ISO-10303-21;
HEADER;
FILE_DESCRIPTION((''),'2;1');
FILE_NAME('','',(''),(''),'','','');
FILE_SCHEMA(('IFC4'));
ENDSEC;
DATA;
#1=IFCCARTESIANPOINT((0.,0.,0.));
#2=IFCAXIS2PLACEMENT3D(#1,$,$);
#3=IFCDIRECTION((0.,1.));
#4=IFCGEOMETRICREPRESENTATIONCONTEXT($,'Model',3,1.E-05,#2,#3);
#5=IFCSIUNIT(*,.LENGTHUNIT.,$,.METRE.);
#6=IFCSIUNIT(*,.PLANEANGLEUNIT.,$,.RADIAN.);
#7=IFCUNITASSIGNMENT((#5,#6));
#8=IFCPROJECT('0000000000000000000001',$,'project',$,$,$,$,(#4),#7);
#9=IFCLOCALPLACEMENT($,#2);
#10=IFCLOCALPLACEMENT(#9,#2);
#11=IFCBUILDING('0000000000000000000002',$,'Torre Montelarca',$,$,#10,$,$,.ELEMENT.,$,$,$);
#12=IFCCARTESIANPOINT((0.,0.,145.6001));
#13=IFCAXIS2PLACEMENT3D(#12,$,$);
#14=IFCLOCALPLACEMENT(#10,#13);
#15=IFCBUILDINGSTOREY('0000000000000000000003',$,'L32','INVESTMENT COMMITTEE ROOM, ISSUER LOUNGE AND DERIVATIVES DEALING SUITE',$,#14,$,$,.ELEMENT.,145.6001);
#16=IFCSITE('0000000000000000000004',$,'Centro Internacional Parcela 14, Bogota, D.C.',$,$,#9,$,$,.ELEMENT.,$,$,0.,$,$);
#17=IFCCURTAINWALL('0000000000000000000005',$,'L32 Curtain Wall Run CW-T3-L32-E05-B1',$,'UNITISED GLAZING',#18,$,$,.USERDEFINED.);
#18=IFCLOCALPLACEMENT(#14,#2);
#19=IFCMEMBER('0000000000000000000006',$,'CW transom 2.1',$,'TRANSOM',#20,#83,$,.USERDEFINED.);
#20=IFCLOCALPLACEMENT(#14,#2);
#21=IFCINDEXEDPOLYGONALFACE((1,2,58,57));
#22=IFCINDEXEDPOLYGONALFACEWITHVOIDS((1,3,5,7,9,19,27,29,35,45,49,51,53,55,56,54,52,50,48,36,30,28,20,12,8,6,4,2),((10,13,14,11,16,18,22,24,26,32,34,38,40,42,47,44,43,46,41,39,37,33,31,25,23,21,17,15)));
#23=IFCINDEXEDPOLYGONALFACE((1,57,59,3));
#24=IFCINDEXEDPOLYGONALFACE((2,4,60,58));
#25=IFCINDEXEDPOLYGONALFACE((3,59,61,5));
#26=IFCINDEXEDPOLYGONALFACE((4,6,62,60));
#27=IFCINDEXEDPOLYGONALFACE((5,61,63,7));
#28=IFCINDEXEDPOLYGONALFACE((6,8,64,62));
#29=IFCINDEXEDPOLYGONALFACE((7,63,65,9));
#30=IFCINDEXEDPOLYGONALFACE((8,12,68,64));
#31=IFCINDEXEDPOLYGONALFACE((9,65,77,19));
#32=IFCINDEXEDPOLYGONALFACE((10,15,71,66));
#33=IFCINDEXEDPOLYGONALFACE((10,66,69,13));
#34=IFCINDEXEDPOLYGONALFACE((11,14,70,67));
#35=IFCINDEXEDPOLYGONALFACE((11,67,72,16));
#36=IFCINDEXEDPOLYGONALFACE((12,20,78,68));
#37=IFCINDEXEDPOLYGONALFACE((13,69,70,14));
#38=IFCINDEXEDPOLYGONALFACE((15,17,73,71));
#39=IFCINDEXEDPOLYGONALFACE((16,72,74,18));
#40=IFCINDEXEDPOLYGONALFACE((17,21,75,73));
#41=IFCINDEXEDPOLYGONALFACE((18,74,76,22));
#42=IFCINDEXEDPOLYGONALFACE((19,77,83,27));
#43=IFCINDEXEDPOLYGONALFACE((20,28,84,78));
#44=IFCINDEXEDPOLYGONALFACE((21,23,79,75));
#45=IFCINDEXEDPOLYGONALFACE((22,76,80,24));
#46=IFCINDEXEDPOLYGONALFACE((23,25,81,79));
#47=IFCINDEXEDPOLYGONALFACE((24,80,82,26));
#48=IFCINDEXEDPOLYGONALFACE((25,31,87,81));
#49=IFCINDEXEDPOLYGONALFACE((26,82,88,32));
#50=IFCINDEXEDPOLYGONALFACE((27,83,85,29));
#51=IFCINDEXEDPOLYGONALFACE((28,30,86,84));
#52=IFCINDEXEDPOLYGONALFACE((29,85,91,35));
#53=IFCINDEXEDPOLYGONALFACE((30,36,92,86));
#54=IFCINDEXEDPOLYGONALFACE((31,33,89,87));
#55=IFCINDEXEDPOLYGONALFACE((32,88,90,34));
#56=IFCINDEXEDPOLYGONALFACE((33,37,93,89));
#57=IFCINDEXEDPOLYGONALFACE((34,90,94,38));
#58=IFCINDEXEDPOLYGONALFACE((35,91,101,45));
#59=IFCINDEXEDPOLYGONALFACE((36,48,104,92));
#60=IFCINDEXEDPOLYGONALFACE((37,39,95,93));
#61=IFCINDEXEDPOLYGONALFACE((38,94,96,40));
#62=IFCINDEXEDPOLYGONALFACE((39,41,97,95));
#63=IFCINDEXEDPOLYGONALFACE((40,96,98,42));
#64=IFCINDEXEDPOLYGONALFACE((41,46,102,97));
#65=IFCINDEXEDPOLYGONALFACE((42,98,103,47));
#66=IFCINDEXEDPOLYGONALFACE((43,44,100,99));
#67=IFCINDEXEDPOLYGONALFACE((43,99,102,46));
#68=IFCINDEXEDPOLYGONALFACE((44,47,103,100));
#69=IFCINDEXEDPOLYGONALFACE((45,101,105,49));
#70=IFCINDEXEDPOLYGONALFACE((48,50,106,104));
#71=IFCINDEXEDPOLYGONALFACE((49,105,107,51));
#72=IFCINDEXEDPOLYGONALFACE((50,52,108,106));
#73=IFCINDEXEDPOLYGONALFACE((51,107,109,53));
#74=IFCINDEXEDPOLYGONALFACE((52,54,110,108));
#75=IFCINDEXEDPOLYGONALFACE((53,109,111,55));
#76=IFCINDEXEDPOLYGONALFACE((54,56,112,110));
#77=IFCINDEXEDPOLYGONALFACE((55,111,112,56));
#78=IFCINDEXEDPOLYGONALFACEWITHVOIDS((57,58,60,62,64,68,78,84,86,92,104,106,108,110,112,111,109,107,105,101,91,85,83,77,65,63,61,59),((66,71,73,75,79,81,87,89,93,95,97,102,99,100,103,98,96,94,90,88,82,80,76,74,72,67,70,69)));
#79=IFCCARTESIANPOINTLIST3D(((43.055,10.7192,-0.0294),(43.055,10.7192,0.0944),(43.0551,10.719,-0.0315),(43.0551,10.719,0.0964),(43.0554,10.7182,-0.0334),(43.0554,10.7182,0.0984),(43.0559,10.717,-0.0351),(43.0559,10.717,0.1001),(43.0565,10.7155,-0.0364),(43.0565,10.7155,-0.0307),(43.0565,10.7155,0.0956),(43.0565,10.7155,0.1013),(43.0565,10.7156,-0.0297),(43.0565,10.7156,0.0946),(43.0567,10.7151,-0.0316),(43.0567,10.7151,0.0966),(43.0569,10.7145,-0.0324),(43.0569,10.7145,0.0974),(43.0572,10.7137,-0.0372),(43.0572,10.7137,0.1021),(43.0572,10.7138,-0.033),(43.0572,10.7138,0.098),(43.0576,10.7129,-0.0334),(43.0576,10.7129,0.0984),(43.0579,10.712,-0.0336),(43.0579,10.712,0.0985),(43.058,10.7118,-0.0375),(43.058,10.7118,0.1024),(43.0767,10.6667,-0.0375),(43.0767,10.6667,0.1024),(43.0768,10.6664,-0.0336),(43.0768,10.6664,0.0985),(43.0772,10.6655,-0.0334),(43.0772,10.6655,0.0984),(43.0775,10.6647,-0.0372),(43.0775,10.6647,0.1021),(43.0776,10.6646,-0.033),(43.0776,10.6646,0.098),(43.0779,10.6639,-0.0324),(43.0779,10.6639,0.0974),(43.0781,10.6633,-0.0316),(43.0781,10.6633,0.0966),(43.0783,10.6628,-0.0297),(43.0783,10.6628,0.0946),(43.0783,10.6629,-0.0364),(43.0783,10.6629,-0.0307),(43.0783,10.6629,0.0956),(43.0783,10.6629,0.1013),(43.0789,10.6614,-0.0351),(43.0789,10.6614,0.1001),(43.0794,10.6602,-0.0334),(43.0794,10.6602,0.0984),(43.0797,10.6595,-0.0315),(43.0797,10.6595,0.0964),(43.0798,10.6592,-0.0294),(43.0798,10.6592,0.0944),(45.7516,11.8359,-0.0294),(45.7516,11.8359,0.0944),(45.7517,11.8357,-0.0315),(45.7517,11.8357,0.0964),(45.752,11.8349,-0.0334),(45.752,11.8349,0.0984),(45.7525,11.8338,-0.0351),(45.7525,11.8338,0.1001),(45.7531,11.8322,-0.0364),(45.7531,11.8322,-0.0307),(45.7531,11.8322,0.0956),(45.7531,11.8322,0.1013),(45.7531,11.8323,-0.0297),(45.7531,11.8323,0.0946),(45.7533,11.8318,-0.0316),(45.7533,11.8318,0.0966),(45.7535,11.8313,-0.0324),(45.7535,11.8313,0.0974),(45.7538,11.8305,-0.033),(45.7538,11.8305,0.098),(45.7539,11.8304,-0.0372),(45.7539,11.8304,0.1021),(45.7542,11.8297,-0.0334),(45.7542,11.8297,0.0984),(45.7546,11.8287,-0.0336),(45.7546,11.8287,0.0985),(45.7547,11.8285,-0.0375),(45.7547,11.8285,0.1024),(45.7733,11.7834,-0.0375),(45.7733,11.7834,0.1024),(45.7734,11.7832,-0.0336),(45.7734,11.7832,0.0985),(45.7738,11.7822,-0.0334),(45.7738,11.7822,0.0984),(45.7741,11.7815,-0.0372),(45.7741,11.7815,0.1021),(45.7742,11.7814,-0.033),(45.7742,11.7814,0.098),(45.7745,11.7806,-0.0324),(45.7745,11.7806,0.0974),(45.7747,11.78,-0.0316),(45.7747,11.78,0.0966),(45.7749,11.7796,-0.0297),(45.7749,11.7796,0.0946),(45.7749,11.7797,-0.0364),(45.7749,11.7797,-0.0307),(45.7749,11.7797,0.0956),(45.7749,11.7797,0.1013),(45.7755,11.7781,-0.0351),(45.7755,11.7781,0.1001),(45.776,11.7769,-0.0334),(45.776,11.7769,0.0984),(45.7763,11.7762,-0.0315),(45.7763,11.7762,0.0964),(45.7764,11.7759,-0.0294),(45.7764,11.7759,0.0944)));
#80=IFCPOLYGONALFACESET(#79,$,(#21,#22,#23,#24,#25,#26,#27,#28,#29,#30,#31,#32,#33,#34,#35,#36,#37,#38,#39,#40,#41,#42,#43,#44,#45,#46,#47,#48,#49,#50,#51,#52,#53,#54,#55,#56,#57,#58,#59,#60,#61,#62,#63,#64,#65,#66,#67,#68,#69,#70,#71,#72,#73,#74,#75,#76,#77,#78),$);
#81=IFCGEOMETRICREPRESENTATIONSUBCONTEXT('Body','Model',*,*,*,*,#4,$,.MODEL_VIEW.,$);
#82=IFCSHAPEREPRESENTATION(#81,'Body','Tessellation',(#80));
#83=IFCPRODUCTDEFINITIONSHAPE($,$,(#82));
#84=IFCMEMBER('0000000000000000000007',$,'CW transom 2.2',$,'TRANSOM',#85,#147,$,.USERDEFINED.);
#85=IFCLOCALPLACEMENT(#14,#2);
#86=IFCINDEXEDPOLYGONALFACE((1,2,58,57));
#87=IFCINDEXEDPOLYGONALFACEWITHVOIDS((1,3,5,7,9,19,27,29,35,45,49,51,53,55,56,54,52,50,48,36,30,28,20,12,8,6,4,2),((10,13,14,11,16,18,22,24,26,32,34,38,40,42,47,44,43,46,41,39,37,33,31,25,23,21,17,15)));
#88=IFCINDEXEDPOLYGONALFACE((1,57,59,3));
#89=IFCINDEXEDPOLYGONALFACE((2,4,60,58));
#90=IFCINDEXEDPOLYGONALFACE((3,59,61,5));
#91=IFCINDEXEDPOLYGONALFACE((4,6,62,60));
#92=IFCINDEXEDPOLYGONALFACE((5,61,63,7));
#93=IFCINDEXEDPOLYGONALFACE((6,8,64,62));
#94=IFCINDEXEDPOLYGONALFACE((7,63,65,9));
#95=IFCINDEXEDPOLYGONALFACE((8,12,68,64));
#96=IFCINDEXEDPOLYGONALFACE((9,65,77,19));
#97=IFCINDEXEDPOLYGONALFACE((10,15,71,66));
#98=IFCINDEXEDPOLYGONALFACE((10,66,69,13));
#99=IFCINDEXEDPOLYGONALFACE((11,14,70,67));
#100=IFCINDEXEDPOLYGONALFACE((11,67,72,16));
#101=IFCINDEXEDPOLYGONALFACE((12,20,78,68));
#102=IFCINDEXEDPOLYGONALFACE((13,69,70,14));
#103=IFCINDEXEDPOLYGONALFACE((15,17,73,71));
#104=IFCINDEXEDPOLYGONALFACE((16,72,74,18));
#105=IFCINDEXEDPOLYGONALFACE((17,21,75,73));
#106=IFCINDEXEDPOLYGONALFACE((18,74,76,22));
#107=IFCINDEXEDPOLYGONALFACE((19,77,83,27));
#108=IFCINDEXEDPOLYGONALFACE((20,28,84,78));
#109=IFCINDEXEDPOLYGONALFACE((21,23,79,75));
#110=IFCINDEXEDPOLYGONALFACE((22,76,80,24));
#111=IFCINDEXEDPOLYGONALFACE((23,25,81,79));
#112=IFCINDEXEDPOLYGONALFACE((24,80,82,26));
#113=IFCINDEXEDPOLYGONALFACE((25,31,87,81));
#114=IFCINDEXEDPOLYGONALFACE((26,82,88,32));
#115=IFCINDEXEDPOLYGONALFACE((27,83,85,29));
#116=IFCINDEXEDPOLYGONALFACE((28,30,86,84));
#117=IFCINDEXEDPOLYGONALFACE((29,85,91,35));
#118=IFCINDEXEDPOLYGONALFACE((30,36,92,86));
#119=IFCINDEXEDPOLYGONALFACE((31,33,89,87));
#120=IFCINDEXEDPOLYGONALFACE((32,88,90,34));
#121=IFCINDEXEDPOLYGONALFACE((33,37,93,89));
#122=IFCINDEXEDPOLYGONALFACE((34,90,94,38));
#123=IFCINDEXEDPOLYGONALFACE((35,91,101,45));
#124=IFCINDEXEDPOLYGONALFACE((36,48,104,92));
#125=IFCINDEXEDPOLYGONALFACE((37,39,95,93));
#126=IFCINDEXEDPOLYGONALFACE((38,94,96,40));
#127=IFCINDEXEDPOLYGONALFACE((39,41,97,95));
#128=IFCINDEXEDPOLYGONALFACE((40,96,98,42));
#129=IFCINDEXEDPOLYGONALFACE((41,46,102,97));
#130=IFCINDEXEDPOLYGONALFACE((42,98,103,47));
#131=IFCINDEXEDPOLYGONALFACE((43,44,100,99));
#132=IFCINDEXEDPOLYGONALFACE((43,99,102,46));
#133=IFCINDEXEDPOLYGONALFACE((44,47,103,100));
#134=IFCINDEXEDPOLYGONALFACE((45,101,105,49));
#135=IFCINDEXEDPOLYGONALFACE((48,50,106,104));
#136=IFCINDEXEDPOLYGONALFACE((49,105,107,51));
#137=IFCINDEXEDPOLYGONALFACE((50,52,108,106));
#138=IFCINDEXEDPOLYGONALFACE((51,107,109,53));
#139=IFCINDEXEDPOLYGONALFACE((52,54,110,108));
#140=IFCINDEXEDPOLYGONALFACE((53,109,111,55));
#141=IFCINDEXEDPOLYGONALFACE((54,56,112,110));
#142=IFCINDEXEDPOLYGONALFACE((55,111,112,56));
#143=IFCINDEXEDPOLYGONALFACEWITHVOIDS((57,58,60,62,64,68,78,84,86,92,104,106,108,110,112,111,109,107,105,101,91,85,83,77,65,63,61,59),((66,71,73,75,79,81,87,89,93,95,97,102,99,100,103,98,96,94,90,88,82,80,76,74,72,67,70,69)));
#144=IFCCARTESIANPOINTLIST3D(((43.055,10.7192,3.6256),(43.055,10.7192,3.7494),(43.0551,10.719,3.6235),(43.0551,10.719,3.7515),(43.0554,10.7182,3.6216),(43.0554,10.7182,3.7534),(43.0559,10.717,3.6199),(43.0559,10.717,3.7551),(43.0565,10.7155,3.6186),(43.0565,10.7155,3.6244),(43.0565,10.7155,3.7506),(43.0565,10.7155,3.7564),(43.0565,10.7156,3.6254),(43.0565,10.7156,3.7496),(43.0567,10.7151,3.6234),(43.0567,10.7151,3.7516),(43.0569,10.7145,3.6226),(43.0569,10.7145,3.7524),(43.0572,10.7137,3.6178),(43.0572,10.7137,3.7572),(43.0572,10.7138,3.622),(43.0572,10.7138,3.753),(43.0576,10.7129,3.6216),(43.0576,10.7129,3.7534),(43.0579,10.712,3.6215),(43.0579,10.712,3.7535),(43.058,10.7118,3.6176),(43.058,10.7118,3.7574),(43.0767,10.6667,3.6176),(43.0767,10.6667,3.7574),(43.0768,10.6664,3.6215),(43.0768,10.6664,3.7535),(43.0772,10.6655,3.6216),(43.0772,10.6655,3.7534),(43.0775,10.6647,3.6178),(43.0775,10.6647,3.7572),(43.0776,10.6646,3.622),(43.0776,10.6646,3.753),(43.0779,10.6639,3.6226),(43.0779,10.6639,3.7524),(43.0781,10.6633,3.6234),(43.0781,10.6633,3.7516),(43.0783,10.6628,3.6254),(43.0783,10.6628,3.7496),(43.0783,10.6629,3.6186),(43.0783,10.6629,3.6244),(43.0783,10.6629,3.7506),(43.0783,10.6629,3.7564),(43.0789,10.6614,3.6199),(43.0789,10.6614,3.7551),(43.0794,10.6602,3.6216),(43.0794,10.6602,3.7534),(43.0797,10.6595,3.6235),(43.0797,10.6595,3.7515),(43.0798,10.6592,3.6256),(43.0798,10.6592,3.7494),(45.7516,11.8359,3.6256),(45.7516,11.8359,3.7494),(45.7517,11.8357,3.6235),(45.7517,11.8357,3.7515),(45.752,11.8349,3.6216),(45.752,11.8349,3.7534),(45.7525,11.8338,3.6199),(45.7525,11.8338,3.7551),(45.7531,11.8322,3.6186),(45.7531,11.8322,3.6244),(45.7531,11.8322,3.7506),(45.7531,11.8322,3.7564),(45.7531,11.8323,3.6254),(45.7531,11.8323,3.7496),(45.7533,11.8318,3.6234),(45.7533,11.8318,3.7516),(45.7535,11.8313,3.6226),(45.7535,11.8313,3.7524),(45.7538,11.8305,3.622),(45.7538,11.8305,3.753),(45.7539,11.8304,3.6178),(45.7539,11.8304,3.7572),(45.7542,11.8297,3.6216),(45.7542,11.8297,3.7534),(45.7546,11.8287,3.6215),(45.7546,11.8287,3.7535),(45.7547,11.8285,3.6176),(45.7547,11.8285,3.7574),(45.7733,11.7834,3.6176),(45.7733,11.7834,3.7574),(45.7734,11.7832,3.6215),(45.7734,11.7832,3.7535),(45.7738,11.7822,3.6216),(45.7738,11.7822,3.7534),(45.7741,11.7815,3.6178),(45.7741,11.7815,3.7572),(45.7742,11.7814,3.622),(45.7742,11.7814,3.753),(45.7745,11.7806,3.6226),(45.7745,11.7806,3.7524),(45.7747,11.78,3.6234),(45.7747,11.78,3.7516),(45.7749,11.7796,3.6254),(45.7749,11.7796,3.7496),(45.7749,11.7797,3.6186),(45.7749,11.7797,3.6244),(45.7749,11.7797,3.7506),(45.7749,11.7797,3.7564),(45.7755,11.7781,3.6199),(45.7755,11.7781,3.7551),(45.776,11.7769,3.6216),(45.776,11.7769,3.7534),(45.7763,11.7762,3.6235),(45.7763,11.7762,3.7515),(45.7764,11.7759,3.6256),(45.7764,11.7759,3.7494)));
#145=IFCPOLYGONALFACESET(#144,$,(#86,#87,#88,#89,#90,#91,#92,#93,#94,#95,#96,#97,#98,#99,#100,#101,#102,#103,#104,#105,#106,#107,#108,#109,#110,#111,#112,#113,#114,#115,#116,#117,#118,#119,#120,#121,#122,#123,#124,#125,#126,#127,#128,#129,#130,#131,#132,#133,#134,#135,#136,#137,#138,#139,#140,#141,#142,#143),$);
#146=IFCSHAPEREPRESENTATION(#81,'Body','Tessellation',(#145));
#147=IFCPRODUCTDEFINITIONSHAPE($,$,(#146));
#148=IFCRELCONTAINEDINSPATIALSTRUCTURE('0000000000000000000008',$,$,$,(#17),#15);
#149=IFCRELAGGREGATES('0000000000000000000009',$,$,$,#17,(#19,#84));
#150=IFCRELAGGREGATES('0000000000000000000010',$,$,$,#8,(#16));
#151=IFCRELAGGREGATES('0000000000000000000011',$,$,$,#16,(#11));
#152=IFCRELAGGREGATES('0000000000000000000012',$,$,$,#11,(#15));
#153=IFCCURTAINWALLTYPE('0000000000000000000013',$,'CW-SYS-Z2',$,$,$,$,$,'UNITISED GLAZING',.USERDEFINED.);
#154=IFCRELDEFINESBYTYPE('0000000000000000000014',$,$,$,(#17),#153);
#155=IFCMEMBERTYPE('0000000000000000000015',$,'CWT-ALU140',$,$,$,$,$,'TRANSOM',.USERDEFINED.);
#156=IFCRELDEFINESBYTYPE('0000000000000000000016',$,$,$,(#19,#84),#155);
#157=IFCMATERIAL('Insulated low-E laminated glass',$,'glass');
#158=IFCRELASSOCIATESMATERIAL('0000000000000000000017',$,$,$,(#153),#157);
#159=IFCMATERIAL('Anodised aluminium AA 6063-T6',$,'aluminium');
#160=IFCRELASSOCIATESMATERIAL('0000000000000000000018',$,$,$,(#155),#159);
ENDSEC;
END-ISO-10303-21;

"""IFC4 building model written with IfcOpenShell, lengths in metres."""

from ifc_helpers import new_model, si_unit, direction, frame, origin, origin_2d, place, context, subcontext, project, spatial, hollow_rectangle, extrude, source, transform, mapped, material, material_profile, profile_set, type_object, element, aggregate, save


model = new_model("IFC4")

# Units and contexts
model_context = context("Model", 3, precision=1e-05, world=origin(), true_north=direction((0.0, 1.0)))
body_context = subcontext(model_context, "Body", "Model", "MODEL_VIEW")
ifc_project = project(units=[si_unit("LENGTHUNIT", "METRE"), si_unit("PLANEANGLEUNIT", "RADIAN")], contexts=[model_context])

# Site, building, storey
site_placement = place(None, origin())
site = spatial("IfcSite", under=ifc_project, at=site_placement, Name="Centro Internacional Parcela 14, Bogota, D.C.", CompositionType="ELEMENT", RefElevation=0.0)
building_placement = place(site_placement, origin())
building = spatial("IfcBuilding", under=site, at=building_placement, Name="Torre Montelarca", CompositionType="ELEMENT")
storey_placement = place(building_placement, frame((0.0, 0.0, 145.6001)))
storey = spatial("IfcBuildingStorey", under=building, at=storey_placement, Name="L32", Description="INVESTMENT COMMITTEE ROOM, ISSUER LOUNGE AND DERIVATIVES DEALING SUITE", CompositionType="ELEMENT", Elevation=145.6001)

# Curtain wall, members
ifc_material_1 = material(Name="Insulated low-E laminated glass", Category="glass")
curtain_wall_type = type_object("IfcCurtainWallType", Name="CW-SYS-Z2", ElementType="UNITISED GLAZING", PredefinedType="USERDEFINED", material=ifc_material_1)
curtain_wall_1_placement = place(storey_placement, origin())
curtain_wall_1 = element("IfcCurtainWall", 1, at=curtain_wall_1_placement, inside=storey, type_object=curtain_wall_type, Name="L32 Curtain Wall Run CW-T3-L32-E05-B1", ObjectType="UNITISED GLAZING", PredefinedType="USERDEFINED")
ifc_material_2 = material(Name="Anodised aluminium AA 6063-T6", Category="aluminium")
ifc_material_profile_1 = material_profile(ifc_material_2, hollow_rectangle(XDim=0.0649, YDim=0.1399, WallThickness=0.0039, InnerFilletRadius=0.0039, OuterFilletRadius=0.0081, at=origin_2d()), Name="ALU65X140X4", Category="aluminium")
ifc_profile_set_1 = profile_set([ifc_material_profile_1], Name="Anodised aluminium AA 6063-T6")
member_type_1 = type_object("IfcMemberType", Name="CWT-ALU140", ElementType="TRANSOM", PredefinedType="USERDEFINED", material=ifc_profile_set_1)
shared_shape_1 = source(origin(), body_context, "Body", "SweptSolid", [
    extrude(hollow_rectangle(XDim=0.0649, YDim=0.1399, WallThickness=0.0039, InnerFilletRadius=0.0039, OuterFilletRadius=0.0081, at=origin_2d()), origin(), (0.0, 0.0, 1.0), 2.9187),
])
member_1_placement = place(storey_placement, frame((43.0674, 10.6892, 0.0325), z_axis=(0.923909, 0.382613, 0.0), x_axis=(-0.382613, 0.923909, 0.0)))
member_1 = element("IfcMember", 2, at=member_1_placement, type_object=member_type_1, Name="CW transom 2.1", ObjectType="TRANSOM", PredefinedType="USERDEFINED", context=body_context, shape_type="MappedRepresentation", body=[
    mapped(shared_shape_1, transform((0.0, 0.0, 0.0), scale=1.0)),
])
member_2_placement = place(storey_placement, frame((43.0674, 10.6892, 3.6875), z_axis=(0.923909, 0.382613, 0.0), x_axis=(-0.382613, 0.923909, 0.0)))
member_2 = element("IfcMember", 3, at=member_2_placement, type_object=member_type_1, Name="CW transom 2.2", ObjectType="TRANSOM", PredefinedType="USERDEFINED", context=body_context, shape_type="MappedRepresentation", body=[
    mapped(shared_shape_1, transform((0.0, 0.0, 0.0), scale=1.0)),
])

aggregate(curtain_wall_1, [member_1, member_2])

save(model, "model.ifc")
